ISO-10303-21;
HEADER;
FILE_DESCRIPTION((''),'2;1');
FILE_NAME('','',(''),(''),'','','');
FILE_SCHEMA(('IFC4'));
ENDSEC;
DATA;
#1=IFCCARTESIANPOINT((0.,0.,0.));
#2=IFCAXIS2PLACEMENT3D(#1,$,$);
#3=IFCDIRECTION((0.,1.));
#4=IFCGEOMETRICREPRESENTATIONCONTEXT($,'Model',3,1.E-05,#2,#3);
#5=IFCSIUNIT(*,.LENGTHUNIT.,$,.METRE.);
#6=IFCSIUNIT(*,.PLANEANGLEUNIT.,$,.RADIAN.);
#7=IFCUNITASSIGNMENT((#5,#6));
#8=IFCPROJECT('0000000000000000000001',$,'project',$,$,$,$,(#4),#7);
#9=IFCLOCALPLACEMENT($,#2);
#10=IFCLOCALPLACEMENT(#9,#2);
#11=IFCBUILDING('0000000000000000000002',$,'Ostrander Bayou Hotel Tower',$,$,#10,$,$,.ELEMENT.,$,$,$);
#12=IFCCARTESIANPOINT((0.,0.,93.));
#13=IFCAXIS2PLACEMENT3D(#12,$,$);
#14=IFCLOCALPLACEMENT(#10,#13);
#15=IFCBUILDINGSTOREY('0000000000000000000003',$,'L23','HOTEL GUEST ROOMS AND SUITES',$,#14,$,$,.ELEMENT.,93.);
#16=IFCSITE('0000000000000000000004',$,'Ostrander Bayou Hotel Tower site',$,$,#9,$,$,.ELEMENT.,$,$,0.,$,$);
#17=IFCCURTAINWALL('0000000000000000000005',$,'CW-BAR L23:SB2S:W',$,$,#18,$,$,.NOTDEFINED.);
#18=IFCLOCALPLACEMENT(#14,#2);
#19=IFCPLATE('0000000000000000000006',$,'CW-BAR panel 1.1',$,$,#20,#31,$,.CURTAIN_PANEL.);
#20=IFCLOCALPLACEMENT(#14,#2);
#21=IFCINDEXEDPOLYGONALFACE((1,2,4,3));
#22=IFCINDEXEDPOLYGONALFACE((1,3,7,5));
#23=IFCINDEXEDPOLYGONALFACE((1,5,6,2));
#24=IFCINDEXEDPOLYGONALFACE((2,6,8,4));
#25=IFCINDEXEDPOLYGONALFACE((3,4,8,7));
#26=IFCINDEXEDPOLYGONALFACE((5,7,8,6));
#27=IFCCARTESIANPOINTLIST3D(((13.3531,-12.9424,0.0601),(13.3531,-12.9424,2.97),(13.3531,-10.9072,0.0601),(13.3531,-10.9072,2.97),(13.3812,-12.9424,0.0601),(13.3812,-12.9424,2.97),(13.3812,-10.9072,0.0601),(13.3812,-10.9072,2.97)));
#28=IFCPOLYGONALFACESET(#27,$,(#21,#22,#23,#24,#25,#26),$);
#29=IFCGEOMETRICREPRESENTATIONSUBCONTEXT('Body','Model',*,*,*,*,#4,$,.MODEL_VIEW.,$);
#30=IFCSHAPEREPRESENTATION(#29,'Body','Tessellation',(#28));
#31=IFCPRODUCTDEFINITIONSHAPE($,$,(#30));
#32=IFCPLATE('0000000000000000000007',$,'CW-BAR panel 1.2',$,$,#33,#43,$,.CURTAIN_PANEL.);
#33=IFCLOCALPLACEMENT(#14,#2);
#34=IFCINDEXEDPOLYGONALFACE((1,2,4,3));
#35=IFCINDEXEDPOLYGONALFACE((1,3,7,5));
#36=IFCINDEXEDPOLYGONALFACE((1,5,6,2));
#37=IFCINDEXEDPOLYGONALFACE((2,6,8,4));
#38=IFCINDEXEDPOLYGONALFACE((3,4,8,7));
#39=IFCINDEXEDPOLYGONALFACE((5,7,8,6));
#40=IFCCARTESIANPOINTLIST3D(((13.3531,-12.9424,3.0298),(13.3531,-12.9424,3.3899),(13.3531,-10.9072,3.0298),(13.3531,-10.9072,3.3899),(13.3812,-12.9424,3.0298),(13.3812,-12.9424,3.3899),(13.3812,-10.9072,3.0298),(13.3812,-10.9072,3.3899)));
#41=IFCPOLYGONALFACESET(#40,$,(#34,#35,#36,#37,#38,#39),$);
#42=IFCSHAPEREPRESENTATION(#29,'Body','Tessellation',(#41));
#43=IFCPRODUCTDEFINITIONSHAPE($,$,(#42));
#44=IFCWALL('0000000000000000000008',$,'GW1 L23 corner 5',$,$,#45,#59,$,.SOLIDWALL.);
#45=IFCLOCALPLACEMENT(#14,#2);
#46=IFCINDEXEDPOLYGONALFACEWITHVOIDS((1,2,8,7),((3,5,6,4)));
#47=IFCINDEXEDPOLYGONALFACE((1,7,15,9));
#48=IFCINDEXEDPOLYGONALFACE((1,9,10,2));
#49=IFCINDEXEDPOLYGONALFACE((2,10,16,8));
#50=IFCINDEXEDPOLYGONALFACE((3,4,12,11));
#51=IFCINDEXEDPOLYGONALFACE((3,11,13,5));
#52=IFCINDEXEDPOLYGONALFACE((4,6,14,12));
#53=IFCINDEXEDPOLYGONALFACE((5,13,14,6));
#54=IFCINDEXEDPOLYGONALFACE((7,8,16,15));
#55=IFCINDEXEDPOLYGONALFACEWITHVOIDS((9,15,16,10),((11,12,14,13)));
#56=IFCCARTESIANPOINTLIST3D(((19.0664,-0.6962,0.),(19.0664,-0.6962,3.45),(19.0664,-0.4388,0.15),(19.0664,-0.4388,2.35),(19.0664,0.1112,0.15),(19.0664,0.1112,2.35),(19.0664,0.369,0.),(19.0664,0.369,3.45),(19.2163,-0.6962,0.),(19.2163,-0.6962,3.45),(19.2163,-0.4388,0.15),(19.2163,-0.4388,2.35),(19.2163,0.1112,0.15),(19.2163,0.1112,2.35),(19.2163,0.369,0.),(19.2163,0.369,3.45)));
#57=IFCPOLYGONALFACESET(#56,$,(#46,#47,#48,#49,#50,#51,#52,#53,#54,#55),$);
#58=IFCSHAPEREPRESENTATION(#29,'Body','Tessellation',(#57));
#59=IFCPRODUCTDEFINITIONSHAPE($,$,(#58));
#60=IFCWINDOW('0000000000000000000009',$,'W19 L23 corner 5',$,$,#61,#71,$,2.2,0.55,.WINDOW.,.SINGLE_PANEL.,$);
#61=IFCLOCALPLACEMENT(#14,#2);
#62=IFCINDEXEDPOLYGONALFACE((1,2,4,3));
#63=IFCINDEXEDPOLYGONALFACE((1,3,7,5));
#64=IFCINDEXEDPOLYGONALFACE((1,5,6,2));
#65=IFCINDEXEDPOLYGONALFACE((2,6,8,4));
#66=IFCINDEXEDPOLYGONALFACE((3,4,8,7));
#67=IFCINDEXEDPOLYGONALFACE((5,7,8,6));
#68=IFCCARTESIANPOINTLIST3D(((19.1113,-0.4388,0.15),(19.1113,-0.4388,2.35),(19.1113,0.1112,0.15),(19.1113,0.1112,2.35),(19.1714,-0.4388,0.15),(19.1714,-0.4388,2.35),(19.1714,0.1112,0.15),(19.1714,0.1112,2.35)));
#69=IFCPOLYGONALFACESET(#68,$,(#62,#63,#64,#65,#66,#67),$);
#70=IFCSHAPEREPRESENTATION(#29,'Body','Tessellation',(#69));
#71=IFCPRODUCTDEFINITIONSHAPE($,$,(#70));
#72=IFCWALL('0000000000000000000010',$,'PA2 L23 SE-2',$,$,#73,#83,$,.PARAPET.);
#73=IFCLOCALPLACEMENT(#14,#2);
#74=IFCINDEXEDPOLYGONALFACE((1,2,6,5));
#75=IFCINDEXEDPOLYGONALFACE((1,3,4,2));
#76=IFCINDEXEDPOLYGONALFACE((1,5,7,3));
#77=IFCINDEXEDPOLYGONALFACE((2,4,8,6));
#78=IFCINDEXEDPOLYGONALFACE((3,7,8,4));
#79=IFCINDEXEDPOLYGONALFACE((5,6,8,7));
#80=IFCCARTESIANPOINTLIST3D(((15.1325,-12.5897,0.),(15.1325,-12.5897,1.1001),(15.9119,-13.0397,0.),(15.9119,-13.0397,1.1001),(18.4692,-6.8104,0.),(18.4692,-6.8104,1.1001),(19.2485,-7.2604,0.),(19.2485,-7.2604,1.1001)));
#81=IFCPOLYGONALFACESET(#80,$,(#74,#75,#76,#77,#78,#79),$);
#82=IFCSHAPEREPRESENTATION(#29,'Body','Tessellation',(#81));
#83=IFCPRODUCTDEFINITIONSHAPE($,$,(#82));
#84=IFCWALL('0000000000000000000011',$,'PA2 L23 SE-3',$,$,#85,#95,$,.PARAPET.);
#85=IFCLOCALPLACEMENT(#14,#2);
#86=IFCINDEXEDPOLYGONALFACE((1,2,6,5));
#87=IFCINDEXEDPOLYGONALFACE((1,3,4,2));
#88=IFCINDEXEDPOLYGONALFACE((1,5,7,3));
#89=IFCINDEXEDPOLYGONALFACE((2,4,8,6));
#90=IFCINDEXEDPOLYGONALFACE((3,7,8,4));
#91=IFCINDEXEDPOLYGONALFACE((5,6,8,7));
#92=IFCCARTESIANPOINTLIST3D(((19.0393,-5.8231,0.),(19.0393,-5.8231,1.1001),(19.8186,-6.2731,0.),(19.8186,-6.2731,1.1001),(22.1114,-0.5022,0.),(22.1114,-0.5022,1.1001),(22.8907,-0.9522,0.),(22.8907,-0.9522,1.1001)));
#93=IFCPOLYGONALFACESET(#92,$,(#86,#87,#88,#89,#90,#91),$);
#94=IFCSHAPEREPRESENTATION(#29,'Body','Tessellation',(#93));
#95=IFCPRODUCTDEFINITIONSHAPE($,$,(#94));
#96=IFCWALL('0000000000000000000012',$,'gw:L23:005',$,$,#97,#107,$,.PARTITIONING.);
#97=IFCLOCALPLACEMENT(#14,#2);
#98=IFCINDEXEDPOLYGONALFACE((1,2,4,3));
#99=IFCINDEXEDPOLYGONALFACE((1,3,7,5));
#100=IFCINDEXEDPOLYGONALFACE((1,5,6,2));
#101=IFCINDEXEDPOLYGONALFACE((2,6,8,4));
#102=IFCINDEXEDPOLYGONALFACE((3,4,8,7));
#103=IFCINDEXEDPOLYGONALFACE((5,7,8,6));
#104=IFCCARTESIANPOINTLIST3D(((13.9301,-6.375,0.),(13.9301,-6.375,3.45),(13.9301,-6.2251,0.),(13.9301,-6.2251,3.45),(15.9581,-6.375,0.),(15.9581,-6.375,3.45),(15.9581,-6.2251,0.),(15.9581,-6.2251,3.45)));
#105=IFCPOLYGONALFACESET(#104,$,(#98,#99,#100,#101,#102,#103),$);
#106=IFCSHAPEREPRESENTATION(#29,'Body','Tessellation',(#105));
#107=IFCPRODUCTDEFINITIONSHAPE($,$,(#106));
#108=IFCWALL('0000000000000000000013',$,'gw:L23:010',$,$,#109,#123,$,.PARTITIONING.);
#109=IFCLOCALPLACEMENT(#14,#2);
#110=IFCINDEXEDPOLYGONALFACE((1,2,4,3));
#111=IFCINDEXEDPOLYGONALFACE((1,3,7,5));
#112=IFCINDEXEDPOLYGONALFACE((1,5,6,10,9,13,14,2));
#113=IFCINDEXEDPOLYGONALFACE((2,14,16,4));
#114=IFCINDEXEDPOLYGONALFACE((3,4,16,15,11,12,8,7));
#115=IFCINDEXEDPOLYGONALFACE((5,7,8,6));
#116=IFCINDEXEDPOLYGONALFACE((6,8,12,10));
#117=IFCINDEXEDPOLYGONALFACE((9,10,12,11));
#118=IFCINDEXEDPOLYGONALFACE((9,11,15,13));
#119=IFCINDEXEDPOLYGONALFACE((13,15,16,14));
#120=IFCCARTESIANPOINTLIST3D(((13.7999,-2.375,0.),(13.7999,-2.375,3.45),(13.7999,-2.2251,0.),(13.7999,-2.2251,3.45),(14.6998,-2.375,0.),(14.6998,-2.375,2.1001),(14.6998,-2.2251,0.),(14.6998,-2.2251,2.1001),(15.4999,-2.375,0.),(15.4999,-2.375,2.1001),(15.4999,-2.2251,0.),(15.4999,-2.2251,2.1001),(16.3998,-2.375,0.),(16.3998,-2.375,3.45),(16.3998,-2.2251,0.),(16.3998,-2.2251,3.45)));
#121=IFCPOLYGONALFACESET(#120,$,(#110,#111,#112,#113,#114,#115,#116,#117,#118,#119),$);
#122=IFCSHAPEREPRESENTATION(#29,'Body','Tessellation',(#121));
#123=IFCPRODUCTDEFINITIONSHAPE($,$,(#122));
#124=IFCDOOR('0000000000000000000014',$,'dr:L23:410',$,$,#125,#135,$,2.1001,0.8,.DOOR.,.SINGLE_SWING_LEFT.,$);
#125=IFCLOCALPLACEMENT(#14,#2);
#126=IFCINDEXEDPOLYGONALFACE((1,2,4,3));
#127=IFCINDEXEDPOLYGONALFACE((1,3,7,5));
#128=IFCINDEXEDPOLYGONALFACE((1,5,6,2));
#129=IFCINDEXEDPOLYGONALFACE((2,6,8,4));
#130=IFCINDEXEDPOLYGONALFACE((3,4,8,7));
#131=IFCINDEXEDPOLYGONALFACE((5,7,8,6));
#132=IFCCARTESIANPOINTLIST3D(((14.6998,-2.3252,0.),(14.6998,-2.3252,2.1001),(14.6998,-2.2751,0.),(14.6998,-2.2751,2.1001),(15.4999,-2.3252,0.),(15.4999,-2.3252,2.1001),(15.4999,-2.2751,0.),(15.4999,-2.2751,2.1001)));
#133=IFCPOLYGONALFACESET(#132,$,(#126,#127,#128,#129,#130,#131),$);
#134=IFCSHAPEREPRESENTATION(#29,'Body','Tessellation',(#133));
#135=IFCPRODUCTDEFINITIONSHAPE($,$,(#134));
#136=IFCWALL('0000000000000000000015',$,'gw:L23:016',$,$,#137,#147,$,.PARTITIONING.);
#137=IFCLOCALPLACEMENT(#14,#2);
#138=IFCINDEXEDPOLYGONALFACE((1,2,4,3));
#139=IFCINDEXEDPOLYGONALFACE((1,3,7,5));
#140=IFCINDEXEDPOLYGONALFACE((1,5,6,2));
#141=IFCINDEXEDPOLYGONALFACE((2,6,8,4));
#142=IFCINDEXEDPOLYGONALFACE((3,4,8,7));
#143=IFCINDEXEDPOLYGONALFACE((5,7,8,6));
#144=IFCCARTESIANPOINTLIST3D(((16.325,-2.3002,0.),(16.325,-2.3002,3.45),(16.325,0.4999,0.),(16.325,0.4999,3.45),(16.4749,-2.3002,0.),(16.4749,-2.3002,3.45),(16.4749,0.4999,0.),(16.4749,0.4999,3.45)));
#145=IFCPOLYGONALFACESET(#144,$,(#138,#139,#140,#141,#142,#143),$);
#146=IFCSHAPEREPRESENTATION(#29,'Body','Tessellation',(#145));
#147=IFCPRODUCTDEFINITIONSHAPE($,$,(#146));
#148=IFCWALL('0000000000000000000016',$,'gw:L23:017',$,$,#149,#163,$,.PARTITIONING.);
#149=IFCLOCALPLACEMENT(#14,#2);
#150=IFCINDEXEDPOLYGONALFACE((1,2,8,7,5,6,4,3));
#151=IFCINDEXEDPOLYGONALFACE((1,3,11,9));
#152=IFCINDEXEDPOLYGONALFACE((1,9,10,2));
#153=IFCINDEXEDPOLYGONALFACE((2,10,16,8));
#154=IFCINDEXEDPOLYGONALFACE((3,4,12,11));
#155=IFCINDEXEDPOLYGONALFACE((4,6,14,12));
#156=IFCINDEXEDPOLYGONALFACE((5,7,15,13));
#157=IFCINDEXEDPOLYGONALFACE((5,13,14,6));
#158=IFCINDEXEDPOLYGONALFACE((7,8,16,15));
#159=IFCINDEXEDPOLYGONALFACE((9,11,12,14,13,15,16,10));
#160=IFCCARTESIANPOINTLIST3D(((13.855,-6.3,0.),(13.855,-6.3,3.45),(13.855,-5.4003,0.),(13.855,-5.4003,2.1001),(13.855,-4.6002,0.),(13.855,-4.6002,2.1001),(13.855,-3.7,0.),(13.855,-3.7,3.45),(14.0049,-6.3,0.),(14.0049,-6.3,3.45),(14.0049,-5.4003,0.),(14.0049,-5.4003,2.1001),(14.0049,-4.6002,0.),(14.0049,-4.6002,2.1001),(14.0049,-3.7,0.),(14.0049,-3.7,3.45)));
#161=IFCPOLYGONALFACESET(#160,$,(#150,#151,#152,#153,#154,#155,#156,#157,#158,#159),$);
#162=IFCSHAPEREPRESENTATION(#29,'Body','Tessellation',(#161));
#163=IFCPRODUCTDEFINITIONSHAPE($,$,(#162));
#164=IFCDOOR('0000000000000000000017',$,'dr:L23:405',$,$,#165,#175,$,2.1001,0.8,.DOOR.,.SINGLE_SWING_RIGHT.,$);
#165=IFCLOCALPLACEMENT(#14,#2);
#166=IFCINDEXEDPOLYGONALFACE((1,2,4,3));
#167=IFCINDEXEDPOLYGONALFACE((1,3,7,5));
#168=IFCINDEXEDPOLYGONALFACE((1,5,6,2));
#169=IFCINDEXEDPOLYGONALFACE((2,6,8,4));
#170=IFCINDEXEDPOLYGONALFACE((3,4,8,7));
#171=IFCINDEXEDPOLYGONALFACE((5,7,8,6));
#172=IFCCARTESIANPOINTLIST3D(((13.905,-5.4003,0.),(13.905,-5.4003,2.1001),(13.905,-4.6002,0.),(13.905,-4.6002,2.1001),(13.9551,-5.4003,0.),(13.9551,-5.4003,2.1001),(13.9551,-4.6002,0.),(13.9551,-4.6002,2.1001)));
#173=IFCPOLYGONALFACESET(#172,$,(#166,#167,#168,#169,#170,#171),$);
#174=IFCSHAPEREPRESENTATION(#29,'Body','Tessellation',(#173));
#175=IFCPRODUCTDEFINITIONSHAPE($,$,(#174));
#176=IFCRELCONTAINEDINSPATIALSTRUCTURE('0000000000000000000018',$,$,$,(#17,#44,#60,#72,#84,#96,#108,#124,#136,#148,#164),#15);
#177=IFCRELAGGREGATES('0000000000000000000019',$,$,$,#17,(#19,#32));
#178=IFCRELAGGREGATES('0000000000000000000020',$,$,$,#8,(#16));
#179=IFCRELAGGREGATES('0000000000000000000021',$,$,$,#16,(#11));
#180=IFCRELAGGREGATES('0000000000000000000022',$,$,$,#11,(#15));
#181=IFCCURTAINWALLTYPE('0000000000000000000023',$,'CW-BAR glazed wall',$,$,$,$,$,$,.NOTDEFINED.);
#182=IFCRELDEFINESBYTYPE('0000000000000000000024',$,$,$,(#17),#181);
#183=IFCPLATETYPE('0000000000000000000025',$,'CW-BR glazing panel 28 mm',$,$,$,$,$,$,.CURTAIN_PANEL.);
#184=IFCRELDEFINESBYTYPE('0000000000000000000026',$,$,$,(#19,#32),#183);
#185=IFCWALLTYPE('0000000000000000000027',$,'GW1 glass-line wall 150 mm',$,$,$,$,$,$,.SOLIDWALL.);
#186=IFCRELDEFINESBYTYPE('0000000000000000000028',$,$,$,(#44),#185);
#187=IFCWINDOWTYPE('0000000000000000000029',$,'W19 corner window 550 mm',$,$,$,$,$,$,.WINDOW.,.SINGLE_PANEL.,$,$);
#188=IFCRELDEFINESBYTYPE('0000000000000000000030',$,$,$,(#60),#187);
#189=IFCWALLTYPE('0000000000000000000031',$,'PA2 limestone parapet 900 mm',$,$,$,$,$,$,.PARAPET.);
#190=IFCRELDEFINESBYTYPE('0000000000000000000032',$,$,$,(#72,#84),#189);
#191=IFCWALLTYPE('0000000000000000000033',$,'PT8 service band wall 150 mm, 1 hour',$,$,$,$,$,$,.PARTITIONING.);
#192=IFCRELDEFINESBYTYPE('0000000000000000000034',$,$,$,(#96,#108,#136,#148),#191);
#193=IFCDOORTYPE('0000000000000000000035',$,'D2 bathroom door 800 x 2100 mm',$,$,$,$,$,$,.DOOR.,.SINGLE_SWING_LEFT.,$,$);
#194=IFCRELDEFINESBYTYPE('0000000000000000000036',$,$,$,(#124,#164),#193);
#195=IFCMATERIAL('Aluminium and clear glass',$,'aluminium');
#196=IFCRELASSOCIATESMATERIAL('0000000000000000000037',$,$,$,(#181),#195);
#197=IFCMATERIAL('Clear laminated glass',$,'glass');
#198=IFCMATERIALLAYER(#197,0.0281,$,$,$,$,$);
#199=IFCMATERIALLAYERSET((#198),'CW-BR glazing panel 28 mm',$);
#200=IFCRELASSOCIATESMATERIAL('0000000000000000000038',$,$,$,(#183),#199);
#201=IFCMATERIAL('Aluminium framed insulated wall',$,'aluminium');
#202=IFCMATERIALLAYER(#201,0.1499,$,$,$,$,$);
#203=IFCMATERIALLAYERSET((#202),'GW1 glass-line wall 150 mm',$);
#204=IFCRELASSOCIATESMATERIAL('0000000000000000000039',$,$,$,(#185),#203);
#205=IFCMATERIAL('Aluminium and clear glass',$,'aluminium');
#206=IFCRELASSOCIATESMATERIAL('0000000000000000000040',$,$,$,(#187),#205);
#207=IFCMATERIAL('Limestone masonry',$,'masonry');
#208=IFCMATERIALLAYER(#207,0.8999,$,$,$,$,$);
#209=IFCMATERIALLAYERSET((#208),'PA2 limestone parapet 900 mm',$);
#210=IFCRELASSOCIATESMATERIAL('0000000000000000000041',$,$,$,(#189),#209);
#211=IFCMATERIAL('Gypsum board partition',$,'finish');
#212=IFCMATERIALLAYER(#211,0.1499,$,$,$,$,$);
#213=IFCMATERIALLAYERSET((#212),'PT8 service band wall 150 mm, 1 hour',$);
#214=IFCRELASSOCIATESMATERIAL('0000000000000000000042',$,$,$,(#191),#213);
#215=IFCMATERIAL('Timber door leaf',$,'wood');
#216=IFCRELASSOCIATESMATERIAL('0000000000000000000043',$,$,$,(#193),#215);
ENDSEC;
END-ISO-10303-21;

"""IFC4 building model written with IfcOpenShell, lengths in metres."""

from ifc_helpers import new_model, si_unit, direction, frame, frame_2d, origin, origin_2d, place, context, subcontext, project, spatial, rectangle, extrude, material, layer, layer_set, type_object, element, fill, aggregate, save


model = new_model("IFC4")

# Units and contexts
model_context = context("Model", 3, precision=1e-05, world=origin(), true_north=direction((0.0, 1.0)))
body_context = subcontext(model_context, "Body", "Model", "MODEL_VIEW")
ifc_project = project(units=[si_unit("LENGTHUNIT", "METRE"), si_unit("PLANEANGLEUNIT", "RADIAN")], contexts=[model_context])

# Site, building, storey
site_placement = place(None, origin())
site = spatial("IfcSite", under=ifc_project, at=site_placement, Name="Ostrander Bayou Hotel Tower site", CompositionType="ELEMENT", RefElevation=0.0)
building_placement = place(site_placement, origin())
building = spatial("IfcBuilding", under=site, at=building_placement, Name="Ostrander Bayou Hotel Tower", CompositionType="ELEMENT")
storey_placement = place(building_placement, frame((0.0, 0.0, 93.0)))
storey = spatial("IfcBuildingStorey", under=building, at=storey_placement, Name="L23", Description="HOTEL GUEST ROOMS AND SUITES", CompositionType="ELEMENT", Elevation=93.0)

# Curtain wall
ifc_material_1 = material(Name="Aluminium and clear glass", Category="aluminium")
curtain_wall_type = type_object("IfcCurtainWallType", Name="CW-BAR glazed wall", PredefinedType="NOTDEFINED", material=ifc_material_1)
curtain_wall_placement = place(storey_placement, origin())
curtain_wall = element("IfcCurtainWall", 1, at=curtain_wall_placement, inside=storey, type_object=curtain_wall_type, Name="CW-BAR L23:SB2S:W", PredefinedType="NOTDEFINED")

# Plates
ifc_material_2 = material(Name="Clear laminated glass", Category="glass")
ifc_layer_1 = layer(ifc_material_2, 0.0281)
ifc_layer_set_1 = layer_set([ifc_layer_1], Name="CW-BR glazing panel 28 mm")
plate_type = type_object("IfcPlateType", Name="CW-BR glazing panel 28 mm", PredefinedType="CURTAIN_PANEL", material=ifc_layer_set_1)
plate_1_placement = place(storey_placement, frame((13.3672, -11.9248, 0.0601), z_axis=(0.0, 0.0, 1.0), x_axis=(0.0, -1.0, 0.0)))
plate_1 = element("IfcPlate", 2, at=plate_1_placement, type_object=plate_type, Name="CW-BAR panel 1.1", PredefinedType="CURTAIN_PANEL", context=body_context, shape_type="SweptSolid", body=[
    extrude(rectangle(XDim=2.0352, YDim=0.0281, at=origin_2d()), origin(), (0.0, 0.0, 1.0), 2.9099),
])
plate_2_placement = place(storey_placement, frame((13.3672, -11.9248, 3.0298), z_axis=(0.0, 0.0, 1.0), x_axis=(0.0, -1.0, 0.0)))
plate_2 = element("IfcPlate", 3, at=plate_2_placement, type_object=plate_type, Name="CW-BAR panel 1.2", PredefinedType="CURTAIN_PANEL", context=body_context, shape_type="SweptSolid", body=[
    extrude(rectangle(XDim=2.0352, YDim=0.0281, at=origin_2d()), origin(), (0.0, 0.0, 1.0), 0.3601),
])
aggregate(curtain_wall, [plate_1, plate_2])

# Wall, opening, window
ifc_material_3 = material(Name="Aluminium framed insulated wall", Category="aluminium")
ifc_layer_2 = layer(ifc_material_3, 0.1499)
ifc_layer_set_2 = layer_set([ifc_layer_2], Name="GW1 glass-line wall 150 mm")
wall_type_1 = type_object("IfcWallType", Name="GW1 glass-line wall 150 mm", PredefinedType="SOLIDWALL", material=ifc_layer_set_2)
wall_1_placement = place(storey_placement, frame((19.1414, -0.6963, 0.0), z_axis=(0.0, 0.0, 1.0), x_axis=(0.0, 1.0, 0.0)))
wall_1 = element("IfcWall", 4, at=wall_1_placement, inside=storey, type_object=wall_type_1, Name="GW1 L23 corner 5", PredefinedType="SOLIDWALL", context=body_context, shape_type="SweptSolid", body=[
    extrude(rectangle(XDim=1.0652, YDim=0.1499, at=frame_2d((0.5327, 0.0))), origin(), (0.0, 0.0, 1.0), 3.45),
])
opening_1_placement = place(wall_1_placement, frame((0.2576, 0.0, 0.1499)))
opening_1 = element("IfcOpeningElement", 5, at=opening_1_placement, cuts=wall_1, PredefinedType="OPENING", context=body_context, shape_type="SweptSolid", body=[
    extrude(rectangle(XDim=0.55, YDim=2.2, at=frame_2d((0.2749, 1.1001))), frame((0.0, 0.075, 0.0), z_axis=(0.0, -1.0, 0.0), x_axis=(1.0, 0.0, 0.0)), (0.0, 0.0, 1.0), 0.1499),
])
ifc_material_4 = material(Name="Aluminium and clear glass", Category="aluminium")
window_type = type_object("IfcWindowType", Name="W19 corner window 550 mm", PartitioningType="SINGLE_PANEL", PredefinedType="WINDOW", material=ifc_material_4)
window_placement = place(opening_1_placement, origin())
window = element("IfcWindow", 6, at=window_placement, inside=storey, type_object=window_type, Name="W19 L23 corner 5", OverallHeight=2.2, OverallWidth=0.55, PartitioningType="SINGLE_PANEL", PredefinedType="WINDOW", context=body_context, shape_type="SweptSolid", body=[
    extrude(rectangle(XDim=0.55, YDim=2.2, at=frame_2d((0.2749, 1.1001))), frame((0.0, 0.03, 0.0), z_axis=(0.0, -1.0, 0.0), x_axis=(1.0, 0.0, 0.0)), (0.0, 0.0, 1.0), 0.0601),
])
fill(opening_1, window)

# Walls
ifc_material_5 = material(Name="Limestone masonry", Category="masonry")
ifc_layer_3 = layer(ifc_material_5, 0.8999)
ifc_layer_set_3 = layer_set([ifc_layer_3], Name="PA2 limestone parapet 900 mm")
wall_type_2 = type_object("IfcWallType", Name="PA2 limestone parapet 900 mm", PredefinedType="PARAPET", material=ifc_layer_set_3)
wall_2_placement = place(storey_placement, frame((15.5222, -12.8147, 0.0), z_axis=(0.0, 0.0, 1.0), x_axis=(0.499999, 0.866026, 0.0)))
element("IfcWall", 7, at=wall_2_placement, inside=storey, type_object=wall_type_2, Name="PA2 L23 SE-2", PredefinedType="PARAPET", context=body_context, shape_type="SweptSolid", body=[
    extrude(rectangle(XDim=6.6733, YDim=0.8999, at=frame_2d((3.3367, 0.0))), origin(), (0.0, 0.0, 1.0), 1.1001),
])
wall_3_placement = place(storey_placement, frame((19.429, -6.0481, 0.0), z_axis=(0.0, 0.0, 1.0), x_axis=(0.500007, 0.866021, 0.0)))
element("IfcWall", 8, at=wall_3_placement, inside=storey, type_object=wall_type_2, Name="PA2 L23 SE-3", PredefinedType="PARAPET", context=body_context, shape_type="SweptSolid", body=[
    extrude(rectangle(XDim=6.144, YDim=0.8999, at=frame_2d((3.072, 0.0))), origin(), (0.0, 0.0, 1.0), 1.1001),
])
ifc_material_6 = material(Name="Gypsum board partition", Category="finish")
ifc_layer_4 = layer(ifc_material_6, 0.1499)
ifc_layer_set_4 = layer_set([ifc_layer_4], Name="PT8 service band wall 150 mm, 1 hour")
wall_type_3 = type_object("IfcWallType", Name="PT8 service band wall 150 mm, 1 hour", PredefinedType="PARTITIONING", material=ifc_layer_set_4)
wall_4_placement = place(storey_placement, frame((13.9299, -6.3, 0.0), z_axis=(0.0, 0.0, 1.0), x_axis=(1.0, 0.0, 0.0)))
element("IfcWall", 9, at=wall_4_placement, inside=storey, type_object=wall_type_3, Name="gw:L23:005", PredefinedType="PARTITIONING", context=body_context, shape_type="SweptSolid", body=[
    extrude(rectangle(XDim=2.0281, YDim=0.1499, at=frame_2d((1.0142, 0.0))), origin(), (0.0, 0.0, 1.0), 3.45),
])

# Wall, opening, door
wall_5_placement = place(storey_placement, frame((13.8, -2.3, 0.0), z_axis=(0.0, 0.0, 1.0), x_axis=(1.0, 0.0, 0.0)))
wall_5 = element("IfcWall", 10, at=wall_5_placement, inside=storey, type_object=wall_type_3, Name="gw:L23:010", PredefinedType="PARTITIONING", context=body_context, shape_type="SweptSolid", body=[
    extrude(rectangle(XDim=2.5999, YDim=0.1499, at=frame_2d((1.2998, 0.0))), origin(), (0.0, 0.0, 1.0), 3.45),
])
opening_2_placement = place(wall_5_placement, frame((0.8999, 0.0, 0.0)))
opening_2 = element("IfcOpeningElement", 11, at=opening_2_placement, cuts=wall_5, PredefinedType="OPENING", context=body_context, shape_type="SweptSolid", body=[
    extrude(rectangle(XDim=0.8, YDim=2.1001, at=frame_2d((0.3999, 1.05))), frame((0.0, 0.075, 0.0), z_axis=(0.0, -1.0, 0.0), x_axis=(1.0, 0.0, 0.0)), (0.0, 0.0, 1.0), 0.1499),
])
ifc_material_7 = material(Name="Timber door leaf", Category="wood")
door_type_1 = type_object("IfcDoorType", Name="D2 bathroom door 800 x 2100 mm", OperationType="SINGLE_SWING_LEFT", PredefinedType="DOOR", material=ifc_material_7)
door_1_placement = place(opening_2_placement, origin())
door_1 = element("IfcDoor", 12, at=door_1_placement, inside=storey, type_object=door_type_1, Name="dr:L23:410", OperationType="SINGLE_SWING_LEFT", OverallHeight=2.1001, OverallWidth=0.8, PredefinedType="DOOR", context=body_context, shape_type="SweptSolid", body=[
    extrude(rectangle(XDim=0.8, YDim=2.1001, at=frame_2d((0.3999, 1.05))), frame((0.0, 0.0249, 0.0), z_axis=(0.0, -1.0, 0.0), x_axis=(1.0, 0.0, 0.0)), (0.0, 0.0, 1.0), 0.05),
])
fill(opening_2, door_1)

# Wall
wall_6_placement = place(storey_placement, frame((16.3999, -2.3, 0.0), z_axis=(0.0, 0.0, 1.0), x_axis=(0.0, 1.0, 0.0)))
element("IfcWall", 13, at=wall_6_placement, inside=storey, type_object=wall_type_3, Name="gw:L23:016", PredefinedType="PARTITIONING", context=body_context, shape_type="SweptSolid", body=[
    extrude(rectangle(XDim=2.8, YDim=0.1499, at=frame_2d((1.3999, 0.0))), origin(), (0.0, 0.0, 1.0), 3.45),
])

# Wall, opening, door
wall_7_placement = place(storey_placement, frame((13.9299, -6.3, 0.0), z_axis=(0.0, 0.0, 1.0), x_axis=(0.0, 1.0, 0.0)))
wall_7 = element("IfcWall", 14, at=wall_7_placement, inside=storey, type_object=wall_type_3, Name="gw:L23:017", PredefinedType="PARTITIONING", context=body_context, shape_type="SweptSolid", body=[
    extrude(rectangle(XDim=2.6001, YDim=0.1499, at=frame_2d((1.3, 0.0))), origin(), (0.0, 0.0, 1.0), 3.45),
])
opening_3_placement = place(wall_7_placement, frame((0.8999, 0.0, 0.0)))
opening_3 = element("IfcOpeningElement", 15, at=opening_3_placement, cuts=wall_7, PredefinedType="OPENING", context=body_context, shape_type="SweptSolid", body=[
    extrude(rectangle(XDim=0.8, YDim=2.1001, at=frame_2d((0.3999, 1.05))), frame((0.0, 0.075, 0.0), z_axis=(0.0, -1.0, 0.0), x_axis=(1.0, 0.0, 0.0)), (0.0, 0.0, 1.0), 0.1499),
])
door_2_placement = place(opening_3_placement, origin())
door_2 = element("IfcDoor", 16, at=door_2_placement, inside=storey, type_object=door_type_1, Name="dr:L23:405", OperationType="SINGLE_SWING_RIGHT", OverallHeight=2.1001, OverallWidth=0.8, PredefinedType="DOOR", context=body_context, shape_type="SweptSolid", body=[
    extrude(rectangle(XDim=0.8, YDim=2.1001, at=frame_2d((0.3999, 1.05))), frame((0.0, 0.0249, 0.0), z_axis=(0.0, -1.0, 0.0), x_axis=(1.0, 0.0, 0.0)), (0.0, 0.0, 1.0), 0.05),
])
fill(opening_3, door_2)

save(model, "model.ifc")
